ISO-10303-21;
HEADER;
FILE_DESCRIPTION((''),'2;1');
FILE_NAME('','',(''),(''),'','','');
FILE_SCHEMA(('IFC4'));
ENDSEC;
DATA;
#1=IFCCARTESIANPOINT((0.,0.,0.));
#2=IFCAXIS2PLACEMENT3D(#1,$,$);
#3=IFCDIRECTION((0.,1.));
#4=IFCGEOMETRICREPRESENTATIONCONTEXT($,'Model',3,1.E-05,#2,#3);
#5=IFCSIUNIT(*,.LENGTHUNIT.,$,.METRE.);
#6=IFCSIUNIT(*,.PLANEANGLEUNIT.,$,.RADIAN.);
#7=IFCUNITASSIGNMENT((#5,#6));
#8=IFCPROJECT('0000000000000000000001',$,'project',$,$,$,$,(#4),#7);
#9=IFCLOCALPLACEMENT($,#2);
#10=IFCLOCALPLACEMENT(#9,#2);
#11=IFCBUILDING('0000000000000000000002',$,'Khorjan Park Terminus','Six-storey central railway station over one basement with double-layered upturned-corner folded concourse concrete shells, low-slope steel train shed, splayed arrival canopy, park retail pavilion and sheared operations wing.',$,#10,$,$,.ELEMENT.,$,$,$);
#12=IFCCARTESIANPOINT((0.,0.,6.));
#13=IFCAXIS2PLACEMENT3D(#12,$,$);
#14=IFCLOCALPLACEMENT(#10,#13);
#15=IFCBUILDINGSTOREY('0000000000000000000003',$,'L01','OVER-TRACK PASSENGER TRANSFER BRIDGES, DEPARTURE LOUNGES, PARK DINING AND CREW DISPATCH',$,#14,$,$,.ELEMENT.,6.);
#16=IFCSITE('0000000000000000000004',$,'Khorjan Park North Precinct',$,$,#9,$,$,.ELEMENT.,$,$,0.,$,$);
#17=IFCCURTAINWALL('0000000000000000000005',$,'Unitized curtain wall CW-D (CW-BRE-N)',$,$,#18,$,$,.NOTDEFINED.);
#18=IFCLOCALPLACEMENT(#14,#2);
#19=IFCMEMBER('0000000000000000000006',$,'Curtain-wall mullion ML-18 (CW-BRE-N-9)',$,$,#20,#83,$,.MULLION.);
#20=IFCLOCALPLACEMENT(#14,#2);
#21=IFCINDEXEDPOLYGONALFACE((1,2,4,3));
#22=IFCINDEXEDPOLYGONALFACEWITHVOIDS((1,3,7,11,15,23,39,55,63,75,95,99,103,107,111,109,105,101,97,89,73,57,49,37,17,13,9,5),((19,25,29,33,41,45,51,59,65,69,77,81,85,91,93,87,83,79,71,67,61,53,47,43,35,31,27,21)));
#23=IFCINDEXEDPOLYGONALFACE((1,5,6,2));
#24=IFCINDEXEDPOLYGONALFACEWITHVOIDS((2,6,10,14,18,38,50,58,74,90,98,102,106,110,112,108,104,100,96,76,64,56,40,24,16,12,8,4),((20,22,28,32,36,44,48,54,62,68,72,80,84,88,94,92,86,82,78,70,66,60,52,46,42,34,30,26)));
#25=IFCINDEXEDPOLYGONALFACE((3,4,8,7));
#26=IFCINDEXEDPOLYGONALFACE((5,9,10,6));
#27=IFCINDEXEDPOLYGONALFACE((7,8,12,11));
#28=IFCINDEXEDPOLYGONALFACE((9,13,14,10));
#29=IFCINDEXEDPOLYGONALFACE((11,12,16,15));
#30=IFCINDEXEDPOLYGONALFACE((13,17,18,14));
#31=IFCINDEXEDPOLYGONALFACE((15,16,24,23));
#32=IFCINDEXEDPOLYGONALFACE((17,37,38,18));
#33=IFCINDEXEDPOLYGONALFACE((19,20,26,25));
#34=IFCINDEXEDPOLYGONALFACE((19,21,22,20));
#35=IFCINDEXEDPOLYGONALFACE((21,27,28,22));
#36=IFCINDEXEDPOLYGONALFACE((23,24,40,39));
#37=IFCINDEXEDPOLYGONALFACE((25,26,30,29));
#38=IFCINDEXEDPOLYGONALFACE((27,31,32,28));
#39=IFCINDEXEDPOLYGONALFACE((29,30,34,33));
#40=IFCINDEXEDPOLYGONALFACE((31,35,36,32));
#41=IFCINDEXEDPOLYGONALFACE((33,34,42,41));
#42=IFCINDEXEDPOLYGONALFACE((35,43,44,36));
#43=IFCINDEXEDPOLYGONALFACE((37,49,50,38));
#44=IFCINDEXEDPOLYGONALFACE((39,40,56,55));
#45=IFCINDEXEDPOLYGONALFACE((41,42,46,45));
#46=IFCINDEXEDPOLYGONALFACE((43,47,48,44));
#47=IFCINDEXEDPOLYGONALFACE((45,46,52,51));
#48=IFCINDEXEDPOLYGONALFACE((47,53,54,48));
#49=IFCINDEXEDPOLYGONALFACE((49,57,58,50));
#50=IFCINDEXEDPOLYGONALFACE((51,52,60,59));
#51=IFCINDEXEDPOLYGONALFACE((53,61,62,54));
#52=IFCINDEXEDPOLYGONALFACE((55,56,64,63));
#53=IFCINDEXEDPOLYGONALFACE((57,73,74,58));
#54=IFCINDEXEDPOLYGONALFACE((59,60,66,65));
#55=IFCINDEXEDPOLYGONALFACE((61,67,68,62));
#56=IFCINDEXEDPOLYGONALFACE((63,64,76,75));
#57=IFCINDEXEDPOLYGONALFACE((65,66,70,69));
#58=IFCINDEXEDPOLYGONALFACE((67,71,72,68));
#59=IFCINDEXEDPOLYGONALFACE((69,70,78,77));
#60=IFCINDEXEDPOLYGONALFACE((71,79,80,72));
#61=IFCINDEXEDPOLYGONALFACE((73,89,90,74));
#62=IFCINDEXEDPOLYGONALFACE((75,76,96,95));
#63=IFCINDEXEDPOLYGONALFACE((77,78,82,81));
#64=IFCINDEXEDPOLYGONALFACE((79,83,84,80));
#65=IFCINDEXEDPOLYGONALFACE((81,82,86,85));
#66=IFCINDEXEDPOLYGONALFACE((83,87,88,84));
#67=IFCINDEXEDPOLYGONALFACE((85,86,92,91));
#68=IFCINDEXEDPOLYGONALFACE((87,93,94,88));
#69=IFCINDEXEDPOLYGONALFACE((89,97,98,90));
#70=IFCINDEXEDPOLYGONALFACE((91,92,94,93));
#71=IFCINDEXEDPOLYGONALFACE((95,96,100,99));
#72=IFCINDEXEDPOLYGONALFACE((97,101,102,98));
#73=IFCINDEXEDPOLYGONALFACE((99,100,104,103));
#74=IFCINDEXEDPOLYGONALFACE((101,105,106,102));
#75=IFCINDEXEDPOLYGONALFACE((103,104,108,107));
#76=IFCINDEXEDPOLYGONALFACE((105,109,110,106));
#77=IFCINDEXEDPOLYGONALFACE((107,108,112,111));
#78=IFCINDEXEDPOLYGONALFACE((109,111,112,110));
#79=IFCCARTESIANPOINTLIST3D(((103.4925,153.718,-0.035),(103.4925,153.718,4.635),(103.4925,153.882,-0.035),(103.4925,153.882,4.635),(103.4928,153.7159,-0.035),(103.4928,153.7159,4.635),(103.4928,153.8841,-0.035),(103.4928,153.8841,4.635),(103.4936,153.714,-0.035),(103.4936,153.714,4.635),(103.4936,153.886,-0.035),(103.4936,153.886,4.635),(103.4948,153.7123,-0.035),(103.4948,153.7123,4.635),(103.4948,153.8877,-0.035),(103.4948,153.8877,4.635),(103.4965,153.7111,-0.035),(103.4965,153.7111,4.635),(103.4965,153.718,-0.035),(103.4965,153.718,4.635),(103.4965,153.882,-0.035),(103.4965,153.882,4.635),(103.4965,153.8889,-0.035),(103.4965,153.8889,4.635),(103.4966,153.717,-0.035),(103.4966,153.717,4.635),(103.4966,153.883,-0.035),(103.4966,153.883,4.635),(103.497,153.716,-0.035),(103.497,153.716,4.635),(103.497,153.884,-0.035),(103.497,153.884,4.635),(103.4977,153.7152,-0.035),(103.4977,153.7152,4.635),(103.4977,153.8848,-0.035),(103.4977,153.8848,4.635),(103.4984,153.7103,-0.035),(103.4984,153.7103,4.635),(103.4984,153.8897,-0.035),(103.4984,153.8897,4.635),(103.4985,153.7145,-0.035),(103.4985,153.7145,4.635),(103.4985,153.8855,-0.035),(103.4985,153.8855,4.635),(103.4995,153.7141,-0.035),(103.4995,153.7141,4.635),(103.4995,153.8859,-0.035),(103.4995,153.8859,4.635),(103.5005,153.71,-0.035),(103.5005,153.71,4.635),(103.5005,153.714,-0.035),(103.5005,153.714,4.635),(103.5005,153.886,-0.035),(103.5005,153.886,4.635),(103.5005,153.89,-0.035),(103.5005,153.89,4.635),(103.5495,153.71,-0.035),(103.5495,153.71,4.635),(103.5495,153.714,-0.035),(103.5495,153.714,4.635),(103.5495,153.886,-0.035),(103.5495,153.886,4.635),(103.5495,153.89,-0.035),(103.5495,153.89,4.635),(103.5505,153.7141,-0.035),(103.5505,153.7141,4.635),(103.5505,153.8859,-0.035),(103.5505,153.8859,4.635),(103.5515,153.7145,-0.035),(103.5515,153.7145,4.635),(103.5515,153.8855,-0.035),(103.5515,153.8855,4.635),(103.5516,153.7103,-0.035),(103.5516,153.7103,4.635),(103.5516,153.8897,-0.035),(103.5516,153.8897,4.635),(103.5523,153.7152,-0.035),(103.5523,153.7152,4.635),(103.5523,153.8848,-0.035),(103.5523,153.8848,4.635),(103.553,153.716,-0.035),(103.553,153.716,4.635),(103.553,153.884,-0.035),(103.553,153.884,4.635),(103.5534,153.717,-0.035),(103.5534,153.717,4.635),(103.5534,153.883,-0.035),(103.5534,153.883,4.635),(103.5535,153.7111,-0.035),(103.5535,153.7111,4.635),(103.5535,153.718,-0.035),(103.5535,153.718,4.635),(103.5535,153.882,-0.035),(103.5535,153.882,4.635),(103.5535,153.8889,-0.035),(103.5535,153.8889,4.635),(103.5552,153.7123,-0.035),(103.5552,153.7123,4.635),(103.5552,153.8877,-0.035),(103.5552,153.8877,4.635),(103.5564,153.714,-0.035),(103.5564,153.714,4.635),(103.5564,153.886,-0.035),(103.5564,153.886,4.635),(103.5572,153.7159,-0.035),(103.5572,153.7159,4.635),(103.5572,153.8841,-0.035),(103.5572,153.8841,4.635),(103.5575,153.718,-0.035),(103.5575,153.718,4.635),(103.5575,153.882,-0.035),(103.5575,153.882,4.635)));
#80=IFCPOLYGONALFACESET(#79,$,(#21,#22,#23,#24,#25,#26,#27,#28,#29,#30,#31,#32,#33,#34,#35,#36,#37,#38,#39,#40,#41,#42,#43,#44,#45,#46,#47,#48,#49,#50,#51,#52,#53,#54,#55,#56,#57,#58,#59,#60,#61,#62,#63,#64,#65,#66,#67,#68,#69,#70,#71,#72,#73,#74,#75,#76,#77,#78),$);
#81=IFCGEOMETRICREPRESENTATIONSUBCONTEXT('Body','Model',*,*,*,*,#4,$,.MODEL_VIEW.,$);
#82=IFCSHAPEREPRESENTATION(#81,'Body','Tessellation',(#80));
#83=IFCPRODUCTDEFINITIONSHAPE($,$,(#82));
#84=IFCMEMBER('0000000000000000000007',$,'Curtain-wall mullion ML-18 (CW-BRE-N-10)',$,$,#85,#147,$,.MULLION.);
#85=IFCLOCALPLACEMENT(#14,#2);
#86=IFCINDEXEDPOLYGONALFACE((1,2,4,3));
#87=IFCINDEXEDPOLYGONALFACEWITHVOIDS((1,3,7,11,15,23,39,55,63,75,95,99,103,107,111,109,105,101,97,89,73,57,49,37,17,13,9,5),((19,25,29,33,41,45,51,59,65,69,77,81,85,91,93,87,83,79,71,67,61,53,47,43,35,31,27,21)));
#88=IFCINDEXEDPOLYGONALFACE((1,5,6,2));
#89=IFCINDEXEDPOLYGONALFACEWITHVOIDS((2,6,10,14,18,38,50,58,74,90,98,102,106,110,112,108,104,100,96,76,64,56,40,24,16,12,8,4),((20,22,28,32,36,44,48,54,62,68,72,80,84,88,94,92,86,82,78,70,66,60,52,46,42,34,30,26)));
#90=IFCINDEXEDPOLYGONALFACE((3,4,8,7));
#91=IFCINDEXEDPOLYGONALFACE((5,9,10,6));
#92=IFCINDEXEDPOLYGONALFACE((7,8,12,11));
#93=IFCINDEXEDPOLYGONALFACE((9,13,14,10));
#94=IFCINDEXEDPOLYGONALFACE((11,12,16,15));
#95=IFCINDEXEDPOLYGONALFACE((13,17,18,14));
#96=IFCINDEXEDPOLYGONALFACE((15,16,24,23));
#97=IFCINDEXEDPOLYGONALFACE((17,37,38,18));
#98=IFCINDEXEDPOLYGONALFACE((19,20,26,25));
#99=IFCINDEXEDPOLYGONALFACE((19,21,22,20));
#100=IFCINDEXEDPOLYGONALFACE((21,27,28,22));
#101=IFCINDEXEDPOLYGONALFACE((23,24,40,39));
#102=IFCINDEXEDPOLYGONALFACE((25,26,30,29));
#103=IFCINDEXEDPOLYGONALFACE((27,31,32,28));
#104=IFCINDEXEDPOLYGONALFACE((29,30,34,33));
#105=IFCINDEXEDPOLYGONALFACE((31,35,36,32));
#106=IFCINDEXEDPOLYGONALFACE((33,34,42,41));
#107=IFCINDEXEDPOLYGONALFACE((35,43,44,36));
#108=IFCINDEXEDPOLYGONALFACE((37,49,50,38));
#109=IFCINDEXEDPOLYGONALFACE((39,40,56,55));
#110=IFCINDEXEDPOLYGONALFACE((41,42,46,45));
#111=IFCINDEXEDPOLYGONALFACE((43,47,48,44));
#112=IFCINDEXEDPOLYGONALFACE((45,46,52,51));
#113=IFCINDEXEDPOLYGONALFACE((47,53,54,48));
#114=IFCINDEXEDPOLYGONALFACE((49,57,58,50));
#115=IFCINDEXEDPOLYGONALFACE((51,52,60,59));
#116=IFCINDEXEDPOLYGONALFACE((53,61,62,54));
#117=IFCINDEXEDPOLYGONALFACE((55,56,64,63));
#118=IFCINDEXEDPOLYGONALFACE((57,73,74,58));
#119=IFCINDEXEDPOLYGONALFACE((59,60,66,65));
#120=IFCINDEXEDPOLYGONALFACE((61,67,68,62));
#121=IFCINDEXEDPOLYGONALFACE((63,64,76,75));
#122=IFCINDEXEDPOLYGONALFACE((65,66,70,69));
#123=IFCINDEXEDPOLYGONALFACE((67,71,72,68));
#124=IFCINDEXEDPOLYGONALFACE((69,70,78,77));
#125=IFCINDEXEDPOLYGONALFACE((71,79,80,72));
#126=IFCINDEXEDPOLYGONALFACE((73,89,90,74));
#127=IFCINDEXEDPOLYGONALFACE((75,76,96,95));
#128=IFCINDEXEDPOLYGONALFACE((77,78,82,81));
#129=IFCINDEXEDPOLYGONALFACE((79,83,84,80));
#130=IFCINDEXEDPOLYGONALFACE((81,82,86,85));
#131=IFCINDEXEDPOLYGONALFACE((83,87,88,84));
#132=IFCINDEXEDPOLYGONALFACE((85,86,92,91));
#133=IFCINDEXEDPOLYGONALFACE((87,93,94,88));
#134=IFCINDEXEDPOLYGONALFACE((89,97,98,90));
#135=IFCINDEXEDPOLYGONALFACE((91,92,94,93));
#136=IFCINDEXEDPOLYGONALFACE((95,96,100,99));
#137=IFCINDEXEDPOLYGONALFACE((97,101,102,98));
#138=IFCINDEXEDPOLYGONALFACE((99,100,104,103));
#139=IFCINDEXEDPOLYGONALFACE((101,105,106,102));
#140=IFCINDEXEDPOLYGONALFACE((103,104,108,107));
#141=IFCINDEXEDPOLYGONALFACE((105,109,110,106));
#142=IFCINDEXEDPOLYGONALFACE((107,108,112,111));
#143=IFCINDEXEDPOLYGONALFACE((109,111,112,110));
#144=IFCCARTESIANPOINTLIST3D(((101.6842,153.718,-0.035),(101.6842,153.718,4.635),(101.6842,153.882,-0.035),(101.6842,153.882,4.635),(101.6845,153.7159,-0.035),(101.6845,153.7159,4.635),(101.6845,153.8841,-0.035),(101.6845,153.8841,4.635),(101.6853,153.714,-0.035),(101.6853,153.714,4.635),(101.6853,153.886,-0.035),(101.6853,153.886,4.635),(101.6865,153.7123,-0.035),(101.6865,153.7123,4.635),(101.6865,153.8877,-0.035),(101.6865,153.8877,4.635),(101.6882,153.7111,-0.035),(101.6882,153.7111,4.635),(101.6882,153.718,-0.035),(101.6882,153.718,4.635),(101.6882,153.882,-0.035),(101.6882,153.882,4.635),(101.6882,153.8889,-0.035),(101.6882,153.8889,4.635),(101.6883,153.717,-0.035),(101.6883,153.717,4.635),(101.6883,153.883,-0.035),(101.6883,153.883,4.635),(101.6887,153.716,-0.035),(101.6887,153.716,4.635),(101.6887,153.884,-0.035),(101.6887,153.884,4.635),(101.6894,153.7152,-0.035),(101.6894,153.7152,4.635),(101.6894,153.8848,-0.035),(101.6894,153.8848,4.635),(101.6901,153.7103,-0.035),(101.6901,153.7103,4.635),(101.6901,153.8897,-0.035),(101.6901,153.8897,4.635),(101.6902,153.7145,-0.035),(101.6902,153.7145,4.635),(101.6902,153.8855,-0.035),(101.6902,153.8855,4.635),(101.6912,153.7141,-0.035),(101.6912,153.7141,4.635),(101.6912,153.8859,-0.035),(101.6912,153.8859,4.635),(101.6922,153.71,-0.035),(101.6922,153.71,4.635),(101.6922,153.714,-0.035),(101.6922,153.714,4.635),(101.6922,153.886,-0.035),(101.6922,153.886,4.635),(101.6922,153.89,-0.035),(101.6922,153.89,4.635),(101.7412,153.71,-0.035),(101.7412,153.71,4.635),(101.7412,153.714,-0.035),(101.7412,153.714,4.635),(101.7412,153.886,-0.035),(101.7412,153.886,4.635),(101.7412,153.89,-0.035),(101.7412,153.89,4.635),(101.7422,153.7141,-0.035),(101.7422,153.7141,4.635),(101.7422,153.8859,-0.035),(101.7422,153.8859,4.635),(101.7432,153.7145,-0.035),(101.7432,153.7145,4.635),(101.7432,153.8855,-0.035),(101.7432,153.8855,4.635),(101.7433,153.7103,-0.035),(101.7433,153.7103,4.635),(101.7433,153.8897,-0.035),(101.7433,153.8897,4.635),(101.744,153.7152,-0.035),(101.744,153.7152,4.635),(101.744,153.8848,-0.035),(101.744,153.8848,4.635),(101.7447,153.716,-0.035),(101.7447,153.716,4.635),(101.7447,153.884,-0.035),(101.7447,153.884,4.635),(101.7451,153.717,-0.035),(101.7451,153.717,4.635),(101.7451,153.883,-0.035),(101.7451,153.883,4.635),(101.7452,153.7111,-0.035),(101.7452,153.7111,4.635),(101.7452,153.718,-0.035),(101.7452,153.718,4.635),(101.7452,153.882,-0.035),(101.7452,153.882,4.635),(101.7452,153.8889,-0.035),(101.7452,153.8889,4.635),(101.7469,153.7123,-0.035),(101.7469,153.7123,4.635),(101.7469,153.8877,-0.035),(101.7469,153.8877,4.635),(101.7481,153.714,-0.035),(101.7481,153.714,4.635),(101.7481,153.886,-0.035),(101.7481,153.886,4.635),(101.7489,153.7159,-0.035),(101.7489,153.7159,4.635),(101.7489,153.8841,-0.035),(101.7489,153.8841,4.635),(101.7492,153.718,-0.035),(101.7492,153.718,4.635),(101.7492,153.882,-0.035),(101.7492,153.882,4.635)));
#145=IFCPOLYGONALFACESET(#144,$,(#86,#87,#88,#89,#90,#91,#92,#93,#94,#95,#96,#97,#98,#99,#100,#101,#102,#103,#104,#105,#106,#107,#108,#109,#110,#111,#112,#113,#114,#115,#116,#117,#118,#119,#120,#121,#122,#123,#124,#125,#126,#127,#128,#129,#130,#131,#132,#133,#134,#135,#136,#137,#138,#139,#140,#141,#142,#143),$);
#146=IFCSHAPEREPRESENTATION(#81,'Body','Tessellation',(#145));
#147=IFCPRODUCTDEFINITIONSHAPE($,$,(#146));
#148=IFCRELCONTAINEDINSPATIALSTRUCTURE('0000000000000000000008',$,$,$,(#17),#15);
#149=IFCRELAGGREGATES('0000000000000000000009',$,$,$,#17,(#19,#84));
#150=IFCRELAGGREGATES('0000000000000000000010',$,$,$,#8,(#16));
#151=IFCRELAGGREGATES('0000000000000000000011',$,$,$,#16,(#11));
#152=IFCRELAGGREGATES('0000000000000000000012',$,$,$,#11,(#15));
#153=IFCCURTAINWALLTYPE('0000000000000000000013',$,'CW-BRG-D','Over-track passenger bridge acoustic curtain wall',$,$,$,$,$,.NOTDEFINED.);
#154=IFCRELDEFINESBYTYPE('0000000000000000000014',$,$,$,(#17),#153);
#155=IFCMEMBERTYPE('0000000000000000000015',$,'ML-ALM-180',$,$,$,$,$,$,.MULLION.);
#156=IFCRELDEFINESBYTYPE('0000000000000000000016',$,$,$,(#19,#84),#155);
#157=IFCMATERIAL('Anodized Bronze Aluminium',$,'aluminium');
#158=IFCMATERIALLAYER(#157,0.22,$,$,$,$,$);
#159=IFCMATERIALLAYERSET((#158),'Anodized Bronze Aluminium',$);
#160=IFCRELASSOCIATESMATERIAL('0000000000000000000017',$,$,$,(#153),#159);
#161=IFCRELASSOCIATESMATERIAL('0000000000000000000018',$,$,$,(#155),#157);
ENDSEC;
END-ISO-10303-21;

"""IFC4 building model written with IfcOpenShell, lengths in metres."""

from ifc_helpers import new_model, si_unit, direction, frame, origin, origin_2d, place, context, subcontext, project, spatial, hollow_rectangle, extrude, material, layer, layer_set, material_profile, profile_set, type_object, element, aggregate, save


model = new_model("IFC4")

# Units and contexts
model_context = context("Model", 3, precision=1e-05, world=origin(), true_north=direction((0.0, 1.0)))
body_context = subcontext(model_context, "Body", "Model", "MODEL_VIEW")
ifc_project = project(units=[si_unit("LENGTHUNIT", "METRE"), si_unit("PLANEANGLEUNIT", "RADIAN")], contexts=[model_context])

# Site, building, storey
site_placement = place(None, origin())
site = spatial("IfcSite", under=ifc_project, at=site_placement, Name="Khorjan Park North Precinct", CompositionType="ELEMENT", RefElevation=0.0)
building_placement = place(site_placement, origin())
building = spatial("IfcBuilding", under=site, at=building_placement, Name="Khorjan Park Terminus", Description="Six-storey central railway station over one basement with double-layered upturned-corner folded concourse concrete shells, low-slope steel train shed, splayed arrival canopy, park retail pavilion and sheared operations wing.", CompositionType="ELEMENT")
storey_placement = place(building_placement, frame((0.0, 0.0, 6.0)))
storey = spatial("IfcBuildingStorey", under=building, at=storey_placement, Name="L01", Description="OVER-TRACK PASSENGER TRANSFER BRIDGES, DEPARTURE LOUNGES, PARK DINING AND CREW DISPATCH", CompositionType="ELEMENT", Elevation=6.0)

# Curtain wall, members
ifc_material_1 = material(Name="Anodized Bronze Aluminium", Category="aluminium")
ifc_layer_1 = layer(ifc_material_1, 0.22)
ifc_layer_set_1 = layer_set([ifc_layer_1], Name="Anodized Bronze Aluminium")
curtain_wall_type = type_object("IfcCurtainWallType", Name="CW-BRG-D", Description="Over-track passenger bridge acoustic curtain wall", PredefinedType="NOTDEFINED", material=ifc_layer_set_1)
curtain_wall_placement = place(storey_placement, origin())
curtain_wall = element("IfcCurtainWall", 1, at=curtain_wall_placement, inside=storey, type_object=curtain_wall_type, Name="Unitized curtain wall CW-D (CW-BRE-N)", PredefinedType="NOTDEFINED")
ifc_material_profile_1 = material_profile(ifc_material_1, hollow_rectangle(XDim=0.065, YDim=0.18, WallThickness=0.004, InnerFilletRadius=0.004, OuterFilletRadius=0.008, at=origin_2d()), Name="ALM 65x180x4")
ifc_profile_set_1 = profile_set([ifc_material_profile_1], Name="Anodized Bronze Aluminium")
member_type_1 = type_object("IfcMemberType", Name="ML-ALM-180", PredefinedType="MULLION", material=ifc_profile_set_1)
member_1_placement = place(storey_placement, frame((103.525, 153.8, -0.035), z_axis=(0.0, 0.0, 1.0), x_axis=(-1.0, 0.0, 0.0)))
member_1 = element("IfcMember", 2, at=member_1_placement, type_object=member_type_1, Name="Curtain-wall mullion ML-18 (CW-BRE-N-9)", PredefinedType="MULLION", context=body_context, shape_type="SweptSolid", body=[
    extrude(hollow_rectangle(XDim=0.065, YDim=0.18, WallThickness=0.004, InnerFilletRadius=0.004, OuterFilletRadius=0.008, at=origin_2d()), origin(), (0.0, 0.0, 1.0), 4.67),
])
member_2_placement = place(storey_placement, frame((101.7167, 153.8, -0.035), z_axis=(0.0, 0.0, 1.0), x_axis=(-1.0, 0.0, 0.0)))
member_2 = element("IfcMember", 3, at=member_2_placement, type_object=member_type_1, Name="Curtain-wall mullion ML-18 (CW-BRE-N-10)", PredefinedType="MULLION", context=body_context, shape_type="SweptSolid", body=[
    extrude(hollow_rectangle(XDim=0.065, YDim=0.18, WallThickness=0.004, InnerFilletRadius=0.004, OuterFilletRadius=0.008, at=origin_2d()), origin(), (0.0, 0.0, 1.0), 4.67),
])
aggregate(curtain_wall, [member_1, member_2])

save(model, "model.ifc")
